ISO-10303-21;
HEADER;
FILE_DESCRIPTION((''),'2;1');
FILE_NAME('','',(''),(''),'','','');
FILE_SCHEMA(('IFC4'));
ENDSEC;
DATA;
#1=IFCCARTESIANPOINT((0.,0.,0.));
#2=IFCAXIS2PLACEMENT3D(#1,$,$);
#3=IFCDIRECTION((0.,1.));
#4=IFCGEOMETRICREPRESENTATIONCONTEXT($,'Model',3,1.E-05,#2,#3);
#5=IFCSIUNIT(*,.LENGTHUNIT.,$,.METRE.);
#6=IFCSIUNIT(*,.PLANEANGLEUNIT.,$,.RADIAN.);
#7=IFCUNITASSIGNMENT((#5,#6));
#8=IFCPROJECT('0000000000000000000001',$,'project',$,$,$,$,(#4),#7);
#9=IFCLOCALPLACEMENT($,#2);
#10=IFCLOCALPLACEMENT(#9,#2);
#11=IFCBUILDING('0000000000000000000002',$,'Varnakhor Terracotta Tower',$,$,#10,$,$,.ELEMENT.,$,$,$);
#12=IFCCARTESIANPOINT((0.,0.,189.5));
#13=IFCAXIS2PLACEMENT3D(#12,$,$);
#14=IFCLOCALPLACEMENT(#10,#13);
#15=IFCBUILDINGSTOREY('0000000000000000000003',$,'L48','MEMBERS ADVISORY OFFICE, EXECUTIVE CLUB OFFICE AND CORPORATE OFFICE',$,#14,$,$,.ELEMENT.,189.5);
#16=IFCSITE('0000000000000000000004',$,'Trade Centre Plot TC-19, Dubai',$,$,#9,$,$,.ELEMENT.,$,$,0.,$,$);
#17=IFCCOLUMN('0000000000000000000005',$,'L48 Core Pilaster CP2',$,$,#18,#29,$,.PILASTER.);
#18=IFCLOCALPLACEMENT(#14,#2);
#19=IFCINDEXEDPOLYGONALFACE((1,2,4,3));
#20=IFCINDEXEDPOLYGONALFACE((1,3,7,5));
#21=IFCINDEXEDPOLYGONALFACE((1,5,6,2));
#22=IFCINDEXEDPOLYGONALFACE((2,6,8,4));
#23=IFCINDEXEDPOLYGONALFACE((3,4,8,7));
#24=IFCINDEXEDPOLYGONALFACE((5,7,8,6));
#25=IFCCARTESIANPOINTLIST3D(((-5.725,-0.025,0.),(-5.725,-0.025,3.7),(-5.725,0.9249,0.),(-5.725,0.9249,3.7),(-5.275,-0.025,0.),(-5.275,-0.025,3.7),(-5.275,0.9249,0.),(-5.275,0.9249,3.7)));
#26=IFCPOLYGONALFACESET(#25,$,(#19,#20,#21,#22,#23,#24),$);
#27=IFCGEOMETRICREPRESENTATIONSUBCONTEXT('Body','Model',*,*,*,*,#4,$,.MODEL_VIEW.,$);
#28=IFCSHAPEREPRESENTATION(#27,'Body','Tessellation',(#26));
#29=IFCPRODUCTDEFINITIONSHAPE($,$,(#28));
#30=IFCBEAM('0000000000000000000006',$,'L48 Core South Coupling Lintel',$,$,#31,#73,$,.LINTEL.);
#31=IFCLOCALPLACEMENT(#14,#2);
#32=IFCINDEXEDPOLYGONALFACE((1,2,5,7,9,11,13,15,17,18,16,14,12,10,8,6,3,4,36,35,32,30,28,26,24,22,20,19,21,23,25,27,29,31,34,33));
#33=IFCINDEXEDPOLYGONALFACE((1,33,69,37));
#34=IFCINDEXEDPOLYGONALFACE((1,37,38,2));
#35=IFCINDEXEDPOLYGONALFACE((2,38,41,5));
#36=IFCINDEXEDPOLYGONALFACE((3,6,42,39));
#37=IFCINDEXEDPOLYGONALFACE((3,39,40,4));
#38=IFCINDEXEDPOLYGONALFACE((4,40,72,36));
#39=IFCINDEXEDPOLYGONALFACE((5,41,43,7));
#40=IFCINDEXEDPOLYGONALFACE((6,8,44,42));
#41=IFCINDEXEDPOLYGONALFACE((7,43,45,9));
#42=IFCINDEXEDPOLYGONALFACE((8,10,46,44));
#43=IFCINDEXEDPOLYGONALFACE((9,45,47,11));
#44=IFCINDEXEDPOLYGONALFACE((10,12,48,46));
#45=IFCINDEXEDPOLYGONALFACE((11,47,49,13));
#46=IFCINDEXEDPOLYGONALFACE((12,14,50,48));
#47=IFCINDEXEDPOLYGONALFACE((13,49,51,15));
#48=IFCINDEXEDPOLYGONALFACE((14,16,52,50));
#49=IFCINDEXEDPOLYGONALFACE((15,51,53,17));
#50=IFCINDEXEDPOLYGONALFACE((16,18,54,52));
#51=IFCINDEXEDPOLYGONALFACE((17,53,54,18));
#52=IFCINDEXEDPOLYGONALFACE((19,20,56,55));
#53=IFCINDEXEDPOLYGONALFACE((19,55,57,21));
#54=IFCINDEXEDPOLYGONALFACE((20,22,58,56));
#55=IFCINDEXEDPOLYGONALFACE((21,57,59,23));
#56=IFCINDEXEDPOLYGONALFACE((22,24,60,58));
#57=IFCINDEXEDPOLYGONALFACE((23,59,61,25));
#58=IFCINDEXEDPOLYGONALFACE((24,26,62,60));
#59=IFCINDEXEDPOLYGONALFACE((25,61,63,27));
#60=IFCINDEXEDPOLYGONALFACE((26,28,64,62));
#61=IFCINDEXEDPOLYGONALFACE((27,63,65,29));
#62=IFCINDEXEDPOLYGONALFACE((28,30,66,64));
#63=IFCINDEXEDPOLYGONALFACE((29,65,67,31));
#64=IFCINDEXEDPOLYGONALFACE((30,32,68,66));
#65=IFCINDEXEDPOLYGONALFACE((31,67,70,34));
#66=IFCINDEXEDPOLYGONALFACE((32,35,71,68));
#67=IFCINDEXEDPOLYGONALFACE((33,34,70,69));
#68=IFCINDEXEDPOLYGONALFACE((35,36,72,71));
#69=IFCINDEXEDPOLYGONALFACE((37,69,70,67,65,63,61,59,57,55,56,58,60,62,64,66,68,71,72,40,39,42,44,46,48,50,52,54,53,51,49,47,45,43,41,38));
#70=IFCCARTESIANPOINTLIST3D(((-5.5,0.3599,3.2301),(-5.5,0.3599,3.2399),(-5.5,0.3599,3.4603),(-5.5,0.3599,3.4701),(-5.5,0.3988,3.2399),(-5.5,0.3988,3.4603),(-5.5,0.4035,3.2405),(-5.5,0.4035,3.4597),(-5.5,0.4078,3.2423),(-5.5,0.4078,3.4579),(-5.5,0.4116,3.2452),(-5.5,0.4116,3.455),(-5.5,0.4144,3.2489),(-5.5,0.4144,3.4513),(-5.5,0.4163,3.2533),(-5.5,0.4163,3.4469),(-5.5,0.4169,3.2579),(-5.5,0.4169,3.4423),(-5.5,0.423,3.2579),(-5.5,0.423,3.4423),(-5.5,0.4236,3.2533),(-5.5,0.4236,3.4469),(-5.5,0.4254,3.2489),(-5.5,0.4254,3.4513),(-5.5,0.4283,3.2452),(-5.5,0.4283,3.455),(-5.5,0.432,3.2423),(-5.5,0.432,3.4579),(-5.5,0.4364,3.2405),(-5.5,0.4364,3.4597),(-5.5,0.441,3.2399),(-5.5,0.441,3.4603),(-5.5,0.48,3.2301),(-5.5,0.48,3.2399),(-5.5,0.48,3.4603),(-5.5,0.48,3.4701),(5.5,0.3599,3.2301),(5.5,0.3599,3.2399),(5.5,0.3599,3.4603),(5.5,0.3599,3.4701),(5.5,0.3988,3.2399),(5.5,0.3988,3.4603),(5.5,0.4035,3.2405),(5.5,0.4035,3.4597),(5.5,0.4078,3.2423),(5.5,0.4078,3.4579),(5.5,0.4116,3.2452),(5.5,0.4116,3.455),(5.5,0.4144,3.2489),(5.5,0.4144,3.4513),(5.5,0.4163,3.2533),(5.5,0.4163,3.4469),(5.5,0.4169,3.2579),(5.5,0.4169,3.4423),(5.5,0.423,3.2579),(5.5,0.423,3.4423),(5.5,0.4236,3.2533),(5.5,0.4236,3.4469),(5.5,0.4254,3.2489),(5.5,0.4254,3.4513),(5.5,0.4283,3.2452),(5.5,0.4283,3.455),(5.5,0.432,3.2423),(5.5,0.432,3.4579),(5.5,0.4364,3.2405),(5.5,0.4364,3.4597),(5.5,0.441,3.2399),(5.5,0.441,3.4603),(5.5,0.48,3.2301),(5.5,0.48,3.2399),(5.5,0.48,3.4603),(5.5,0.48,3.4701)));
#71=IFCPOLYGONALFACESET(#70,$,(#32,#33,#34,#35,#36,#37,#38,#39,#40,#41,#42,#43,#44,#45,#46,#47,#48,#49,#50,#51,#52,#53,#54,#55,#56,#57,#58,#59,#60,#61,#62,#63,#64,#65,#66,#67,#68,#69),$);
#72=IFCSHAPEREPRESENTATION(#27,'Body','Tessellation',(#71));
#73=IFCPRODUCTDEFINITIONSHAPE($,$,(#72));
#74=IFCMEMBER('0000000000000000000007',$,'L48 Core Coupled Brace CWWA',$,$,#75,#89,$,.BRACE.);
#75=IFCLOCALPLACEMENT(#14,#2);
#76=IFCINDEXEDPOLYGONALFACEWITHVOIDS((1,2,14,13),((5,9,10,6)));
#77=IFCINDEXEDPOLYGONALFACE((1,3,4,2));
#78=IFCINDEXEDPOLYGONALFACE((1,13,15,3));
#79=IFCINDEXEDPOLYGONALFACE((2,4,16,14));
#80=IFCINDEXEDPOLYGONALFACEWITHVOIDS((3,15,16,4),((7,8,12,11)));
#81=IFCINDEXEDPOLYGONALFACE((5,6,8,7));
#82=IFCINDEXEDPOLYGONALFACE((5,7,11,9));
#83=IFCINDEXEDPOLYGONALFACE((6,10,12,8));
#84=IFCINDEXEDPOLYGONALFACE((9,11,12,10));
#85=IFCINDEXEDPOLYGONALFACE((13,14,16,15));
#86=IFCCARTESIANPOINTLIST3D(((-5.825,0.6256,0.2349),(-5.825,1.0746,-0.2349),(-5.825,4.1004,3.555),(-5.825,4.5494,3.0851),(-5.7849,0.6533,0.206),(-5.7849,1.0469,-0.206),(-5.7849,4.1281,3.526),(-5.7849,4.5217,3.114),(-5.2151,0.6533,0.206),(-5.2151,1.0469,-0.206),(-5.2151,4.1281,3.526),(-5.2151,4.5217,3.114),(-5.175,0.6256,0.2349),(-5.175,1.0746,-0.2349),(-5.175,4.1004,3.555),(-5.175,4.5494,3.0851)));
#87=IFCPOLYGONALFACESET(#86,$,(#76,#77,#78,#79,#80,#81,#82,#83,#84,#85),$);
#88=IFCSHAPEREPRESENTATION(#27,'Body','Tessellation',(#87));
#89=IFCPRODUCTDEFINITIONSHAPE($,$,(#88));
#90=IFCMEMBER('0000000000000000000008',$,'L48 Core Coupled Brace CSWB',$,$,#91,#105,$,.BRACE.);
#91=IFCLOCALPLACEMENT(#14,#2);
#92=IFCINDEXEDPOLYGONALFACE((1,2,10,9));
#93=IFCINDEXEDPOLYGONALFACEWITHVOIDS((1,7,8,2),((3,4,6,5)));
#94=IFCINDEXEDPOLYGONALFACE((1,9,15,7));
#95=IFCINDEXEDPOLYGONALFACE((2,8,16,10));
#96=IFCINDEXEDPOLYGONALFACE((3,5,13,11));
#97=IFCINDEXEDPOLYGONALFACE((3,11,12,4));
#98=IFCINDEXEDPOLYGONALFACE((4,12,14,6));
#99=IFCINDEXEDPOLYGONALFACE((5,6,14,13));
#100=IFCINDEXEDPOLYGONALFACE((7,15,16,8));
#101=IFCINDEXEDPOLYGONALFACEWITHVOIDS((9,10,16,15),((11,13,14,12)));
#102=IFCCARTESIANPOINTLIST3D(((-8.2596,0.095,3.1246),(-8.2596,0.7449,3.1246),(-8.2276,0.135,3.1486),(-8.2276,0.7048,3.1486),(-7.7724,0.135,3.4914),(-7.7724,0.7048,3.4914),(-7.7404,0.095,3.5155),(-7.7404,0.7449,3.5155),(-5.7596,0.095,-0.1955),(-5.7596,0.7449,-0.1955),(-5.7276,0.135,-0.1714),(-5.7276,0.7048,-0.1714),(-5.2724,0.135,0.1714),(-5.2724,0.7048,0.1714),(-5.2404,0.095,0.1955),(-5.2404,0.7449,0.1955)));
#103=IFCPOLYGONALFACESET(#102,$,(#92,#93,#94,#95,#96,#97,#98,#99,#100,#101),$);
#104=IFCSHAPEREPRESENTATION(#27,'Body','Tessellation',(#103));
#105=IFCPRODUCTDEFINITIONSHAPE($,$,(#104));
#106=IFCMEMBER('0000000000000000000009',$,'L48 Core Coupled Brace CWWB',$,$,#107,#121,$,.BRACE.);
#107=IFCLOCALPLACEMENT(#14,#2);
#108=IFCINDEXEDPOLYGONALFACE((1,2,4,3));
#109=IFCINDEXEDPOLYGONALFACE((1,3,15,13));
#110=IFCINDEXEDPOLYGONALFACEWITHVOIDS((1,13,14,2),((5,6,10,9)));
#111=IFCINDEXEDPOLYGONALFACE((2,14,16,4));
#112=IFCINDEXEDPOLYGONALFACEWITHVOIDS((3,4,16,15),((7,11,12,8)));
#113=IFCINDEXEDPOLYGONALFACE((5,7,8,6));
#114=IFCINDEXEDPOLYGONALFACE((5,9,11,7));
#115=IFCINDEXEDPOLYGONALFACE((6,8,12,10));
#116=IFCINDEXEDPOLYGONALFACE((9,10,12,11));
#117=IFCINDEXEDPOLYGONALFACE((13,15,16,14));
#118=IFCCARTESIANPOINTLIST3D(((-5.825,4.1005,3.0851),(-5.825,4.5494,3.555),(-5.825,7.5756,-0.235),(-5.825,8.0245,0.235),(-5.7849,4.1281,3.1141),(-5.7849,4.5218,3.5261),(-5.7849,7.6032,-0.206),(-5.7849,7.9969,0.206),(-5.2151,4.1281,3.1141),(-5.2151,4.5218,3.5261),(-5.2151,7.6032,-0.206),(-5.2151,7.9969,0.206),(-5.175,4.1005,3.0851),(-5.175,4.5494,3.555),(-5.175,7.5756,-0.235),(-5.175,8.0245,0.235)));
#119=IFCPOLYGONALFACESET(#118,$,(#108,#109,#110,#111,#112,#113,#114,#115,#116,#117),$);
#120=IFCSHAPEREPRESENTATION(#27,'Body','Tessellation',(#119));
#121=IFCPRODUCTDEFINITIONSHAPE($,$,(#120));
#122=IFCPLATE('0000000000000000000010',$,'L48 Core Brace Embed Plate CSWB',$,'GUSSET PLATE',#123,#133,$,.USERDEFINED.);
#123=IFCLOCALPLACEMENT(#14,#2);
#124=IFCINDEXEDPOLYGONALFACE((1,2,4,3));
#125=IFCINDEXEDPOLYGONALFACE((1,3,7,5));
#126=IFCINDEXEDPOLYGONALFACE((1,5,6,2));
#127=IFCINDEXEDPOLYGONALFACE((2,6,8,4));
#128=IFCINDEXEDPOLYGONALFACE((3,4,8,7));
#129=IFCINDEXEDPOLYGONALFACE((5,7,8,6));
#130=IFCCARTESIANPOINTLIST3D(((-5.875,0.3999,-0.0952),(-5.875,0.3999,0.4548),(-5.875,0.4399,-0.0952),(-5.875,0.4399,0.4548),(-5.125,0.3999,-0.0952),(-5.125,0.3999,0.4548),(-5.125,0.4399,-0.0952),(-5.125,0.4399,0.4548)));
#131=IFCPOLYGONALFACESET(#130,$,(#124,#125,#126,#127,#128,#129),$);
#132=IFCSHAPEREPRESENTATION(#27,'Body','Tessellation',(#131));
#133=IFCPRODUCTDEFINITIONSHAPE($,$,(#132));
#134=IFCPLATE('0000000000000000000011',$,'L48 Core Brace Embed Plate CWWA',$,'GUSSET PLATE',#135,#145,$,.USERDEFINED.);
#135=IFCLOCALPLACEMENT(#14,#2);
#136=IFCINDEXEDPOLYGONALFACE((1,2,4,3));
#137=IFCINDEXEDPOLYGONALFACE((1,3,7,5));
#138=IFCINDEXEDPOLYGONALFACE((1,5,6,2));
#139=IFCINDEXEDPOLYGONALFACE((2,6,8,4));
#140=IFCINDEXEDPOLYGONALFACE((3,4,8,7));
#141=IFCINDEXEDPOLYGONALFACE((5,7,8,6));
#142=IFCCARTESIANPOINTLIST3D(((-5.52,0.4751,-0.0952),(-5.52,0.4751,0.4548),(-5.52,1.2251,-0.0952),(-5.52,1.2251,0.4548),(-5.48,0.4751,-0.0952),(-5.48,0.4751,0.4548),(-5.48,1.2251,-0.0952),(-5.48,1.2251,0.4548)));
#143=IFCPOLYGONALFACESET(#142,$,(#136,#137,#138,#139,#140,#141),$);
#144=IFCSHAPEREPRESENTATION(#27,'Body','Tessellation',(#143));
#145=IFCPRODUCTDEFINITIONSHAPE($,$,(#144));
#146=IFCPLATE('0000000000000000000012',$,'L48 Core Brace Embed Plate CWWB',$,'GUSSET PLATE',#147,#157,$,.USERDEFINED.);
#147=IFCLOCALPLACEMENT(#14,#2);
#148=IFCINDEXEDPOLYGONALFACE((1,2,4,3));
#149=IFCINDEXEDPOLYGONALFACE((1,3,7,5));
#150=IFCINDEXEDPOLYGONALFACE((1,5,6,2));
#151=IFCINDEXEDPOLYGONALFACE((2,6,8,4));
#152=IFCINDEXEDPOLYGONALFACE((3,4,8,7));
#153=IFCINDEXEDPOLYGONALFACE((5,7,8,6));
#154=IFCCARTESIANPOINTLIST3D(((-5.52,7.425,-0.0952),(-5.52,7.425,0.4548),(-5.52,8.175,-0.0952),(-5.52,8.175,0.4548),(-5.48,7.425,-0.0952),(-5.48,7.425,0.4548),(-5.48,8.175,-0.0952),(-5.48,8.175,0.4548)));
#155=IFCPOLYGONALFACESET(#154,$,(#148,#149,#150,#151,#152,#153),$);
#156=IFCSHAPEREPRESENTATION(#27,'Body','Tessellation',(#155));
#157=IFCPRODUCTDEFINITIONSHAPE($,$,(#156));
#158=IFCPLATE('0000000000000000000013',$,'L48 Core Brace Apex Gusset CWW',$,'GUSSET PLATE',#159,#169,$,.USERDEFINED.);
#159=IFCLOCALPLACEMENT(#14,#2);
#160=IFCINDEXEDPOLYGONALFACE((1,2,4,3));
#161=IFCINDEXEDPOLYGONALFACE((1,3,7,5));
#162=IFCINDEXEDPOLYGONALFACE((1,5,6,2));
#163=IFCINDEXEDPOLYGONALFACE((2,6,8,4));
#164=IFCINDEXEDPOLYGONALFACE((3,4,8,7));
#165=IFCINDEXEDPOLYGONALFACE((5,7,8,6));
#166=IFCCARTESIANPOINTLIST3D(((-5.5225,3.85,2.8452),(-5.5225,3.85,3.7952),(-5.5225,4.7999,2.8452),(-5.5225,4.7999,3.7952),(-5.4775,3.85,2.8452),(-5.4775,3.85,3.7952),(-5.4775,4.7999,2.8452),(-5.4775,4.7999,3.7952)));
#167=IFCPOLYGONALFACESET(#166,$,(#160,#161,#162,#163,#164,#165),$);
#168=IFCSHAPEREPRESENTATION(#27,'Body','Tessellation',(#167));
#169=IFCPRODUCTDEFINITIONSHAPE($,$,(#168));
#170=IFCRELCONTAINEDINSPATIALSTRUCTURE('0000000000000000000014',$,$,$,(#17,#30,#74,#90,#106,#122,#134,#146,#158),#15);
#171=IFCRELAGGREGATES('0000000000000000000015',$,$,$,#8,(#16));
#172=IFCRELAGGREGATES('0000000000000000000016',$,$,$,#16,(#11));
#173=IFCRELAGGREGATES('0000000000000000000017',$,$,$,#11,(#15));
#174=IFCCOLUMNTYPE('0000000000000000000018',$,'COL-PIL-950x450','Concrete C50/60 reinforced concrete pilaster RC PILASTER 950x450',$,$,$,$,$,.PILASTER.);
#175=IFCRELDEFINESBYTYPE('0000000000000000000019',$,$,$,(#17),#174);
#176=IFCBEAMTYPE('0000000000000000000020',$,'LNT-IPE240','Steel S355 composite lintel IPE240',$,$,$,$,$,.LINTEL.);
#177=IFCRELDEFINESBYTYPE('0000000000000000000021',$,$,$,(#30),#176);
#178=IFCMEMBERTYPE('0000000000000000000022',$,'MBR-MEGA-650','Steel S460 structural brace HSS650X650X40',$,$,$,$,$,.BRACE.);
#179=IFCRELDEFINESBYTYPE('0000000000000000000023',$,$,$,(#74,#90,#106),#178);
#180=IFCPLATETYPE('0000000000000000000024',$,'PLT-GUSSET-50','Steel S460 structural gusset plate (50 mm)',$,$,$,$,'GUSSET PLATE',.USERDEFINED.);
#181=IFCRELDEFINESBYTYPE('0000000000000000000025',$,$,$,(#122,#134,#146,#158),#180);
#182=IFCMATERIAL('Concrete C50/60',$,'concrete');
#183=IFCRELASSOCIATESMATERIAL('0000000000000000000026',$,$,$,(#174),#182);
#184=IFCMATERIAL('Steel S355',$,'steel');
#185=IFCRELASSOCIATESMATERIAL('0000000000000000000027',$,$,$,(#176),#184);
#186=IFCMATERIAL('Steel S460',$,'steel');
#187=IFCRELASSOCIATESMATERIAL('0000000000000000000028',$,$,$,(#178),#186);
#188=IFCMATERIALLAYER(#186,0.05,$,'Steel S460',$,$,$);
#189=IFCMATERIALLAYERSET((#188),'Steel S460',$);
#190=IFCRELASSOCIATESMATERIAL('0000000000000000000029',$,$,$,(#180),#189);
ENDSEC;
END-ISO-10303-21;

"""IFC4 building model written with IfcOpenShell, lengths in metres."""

from ifc_helpers import new_model, si_unit, direction, frame, origin, origin_2d, place, context, subcontext, project, spatial, rectangle, hollow_rectangle, i_section, extrude, source, transform, mapped, material, layer, layer_set, material_profile, profile_set, type_object, type_shapes, element, save


model = new_model("IFC4")

# Units and contexts
model_context = context("Model", 3, precision=1e-05, world=origin(), true_north=direction((0.0, 1.0)))
body_context = subcontext(model_context, "Body", "Model", "MODEL_VIEW")
ifc_project = project(units=[si_unit("LENGTHUNIT", "METRE"), si_unit("PLANEANGLEUNIT", "RADIAN")], contexts=[model_context])

# Site, building, storey
site_placement = place(None, origin())
site = spatial("IfcSite", under=ifc_project, at=site_placement, Name="Trade Centre Plot TC-19, Dubai", CompositionType="ELEMENT", RefElevation=0.0)
building_placement = place(site_placement, origin())
building = spatial("IfcBuilding", under=site, at=building_placement, Name="Varnakhor Terracotta Tower", CompositionType="ELEMENT")
storey_placement = place(building_placement, frame((0.0, 0.0, 189.5)))
storey = spatial("IfcBuildingStorey", under=building, at=storey_placement, Name="L48", Description="MEMBERS ADVISORY OFFICE, EXECUTIVE CLUB OFFICE AND CORPORATE OFFICE", CompositionType="ELEMENT", Elevation=189.5)

# Column
ifc_material_1 = material(Name="Concrete C50/60", Category="concrete")
ifc_material_profile_1 = material_profile(ifc_material_1, rectangle(XDim=0.45, YDim=0.95, at=origin_2d()), Name="RC PILASTER 950x450")
ifc_profile_set_1 = profile_set([ifc_material_profile_1], Name="Concrete C50/60")
column_type = type_object("IfcColumnType", Name="COL-PIL-950x450", Description="Concrete C50/60 reinforced concrete pilaster RC PILASTER 950x450", PredefinedType="PILASTER", material=ifc_profile_set_1)
shared_shape_1 = source(origin(), body_context, "Body", "SweptSolid", [
    extrude(rectangle(XDim=0.45, YDim=0.95, at=origin_2d()), origin(), (0.0, 0.0, 1.0), 3.7),
])
column_placement = place(storey_placement, frame((-5.5, 0.45, 0.0), z_axis=(0.0, 0.0, 1.0), x_axis=(1.0, 0.0, 0.0)))
element("IfcColumn", 1, at=column_placement, inside=storey, type_object=column_type, Name="L48 Core Pilaster CP2", PredefinedType="PILASTER", context=body_context, shape_type="MappedRepresentation", body=[
    mapped(shared_shape_1, transform((0.0, 0.0, 0.0), scale=1.0)),
])

# Beam
ifc_material_2 = material(Name="Steel S355", Category="steel")
ifc_material_profile_2 = material_profile(ifc_material_2, i_section(OverallWidth=0.1201, OverallDepth=0.24, WebThickness=0.0061, FlangeThickness=0.0098, FilletRadius=0.0181, at=origin_2d()), Name="IPE240")
ifc_profile_set_2 = profile_set([ifc_material_profile_2], Name="Steel S355")
beam_type = type_object("IfcBeamType", Name="LNT-IPE240", Description="Steel S355 composite lintel IPE240", PredefinedType="LINTEL", material=ifc_profile_set_2)
shared_shape_2 = source(origin(), body_context, "Body", "SweptSolid", [
    extrude(i_section(OverallWidth=0.1201, OverallDepth=0.24, WebThickness=0.0061, FlangeThickness=0.0098, FilletRadius=0.0181, at=origin_2d()), origin(), (0.0, 0.0, 1.0), 11.0),
])
type_shapes(beam_type, [shared_shape_2])
beam_placement = place(storey_placement, frame((-5.5, 0.4199, 3.3501), z_axis=(1.0, 0.0, 0.0), x_axis=(0.0, 1.0, 0.0)))
element("IfcBeam", 2, at=beam_placement, inside=storey, type_object=beam_type, Name="L48 Core South Coupling Lintel", PredefinedType="LINTEL", context=body_context, shape_type="MappedRepresentation", body=[
    mapped(shared_shape_2, transform((0.0, 0.0, 0.0), scale=1.0)),
])

# Members
ifc_material_3 = material(Name="Steel S460", Category="steel")
ifc_material_profile_3 = material_profile(ifc_material_3, hollow_rectangle(XDim=0.6499, YDim=0.6499, WallThickness=0.04, at=origin_2d()), Name="HSS650X650X40")
ifc_profile_set_3 = profile_set([ifc_material_profile_3], Name="Steel S460")
member_type = type_object("IfcMemberType", Name="MBR-MEGA-650", Description="Steel S460 structural brace HSS650X650X40", PredefinedType="BRACE", material=ifc_profile_set_3)
shared_shape_3 = source(origin(), body_context, "Body", "SweptSolid", [
    extrude(hollow_rectangle(XDim=0.6499, YDim=0.6499, WallThickness=0.04, at=origin_2d()), origin(), (0.0, 0.0, 1.0), 4.8059),
])
member_1_placement = place(storey_placement, frame((-5.5, 0.8501, 0.0), z_axis=(0.0, 0.723027, 0.69082), x_axis=(-1.0, 0.0, 0.0)))
element("IfcMember", 3, at=member_1_placement, inside=storey, type_object=member_type, Name="L48 Core Coupled Brace CWWA", PredefinedType="BRACE", context=body_context, shape_type="MappedRepresentation", body=[
    mapped(shared_shape_3, transform((0.0, 0.0, 0.0), scale=1.0)),
])
shared_shape_4 = source(origin(), body_context, "Body", "SweptSolid", [
    extrude(hollow_rectangle(XDim=0.6499, YDim=0.6499, WallThickness=0.04, at=origin_2d()), origin(), (0.0, 0.0, 1.0), 4.156),
])
member_2_placement = place(storey_placement, frame((-5.5, 0.4199, 0.0), z_axis=(-0.601531, 0.0, 0.79885), x_axis=(0.0, -1.0, 0.0)))
element("IfcMember", 4, at=member_2_placement, inside=storey, type_object=member_type, Name="L48 Core Coupled Brace CSWB", PredefinedType="BRACE", context=body_context, shape_type="MappedRepresentation", body=[
    mapped(shared_shape_4, transform((0.0, 0.0, 0.0), scale=1.0)),
])
shared_shape_5 = source(origin(), body_context, "Body", "SweptSolid", [
    extrude(hollow_rectangle(XDim=0.6499, YDim=0.6499, WallThickness=0.04, at=origin_2d()), origin(), (0.0, 0.0, 1.0), 4.8062),
])
member_3_placement = place(storey_placement, frame((-5.5, 7.8, 0.0), z_axis=(0.0, -0.723051, 0.690795), x_axis=(1.0, 0.0, 0.0)))
element("IfcMember", 5, at=member_3_placement, inside=storey, type_object=member_type, Name="L48 Core Coupled Brace CWWB", PredefinedType="BRACE", context=body_context, shape_type="MappedRepresentation", body=[
    mapped(shared_shape_5, transform((0.0, 0.0, 0.0), scale=1.0)),
])

# Plates
ifc_layer_1 = layer(ifc_material_3, 0.05, Name="Steel S460")
ifc_layer_set_1 = layer_set([ifc_layer_1], Name="Steel S460")
plate_type = type_object("IfcPlateType", Name="PLT-GUSSET-50", Description="Steel S460 structural gusset plate (50 mm)", ElementType="GUSSET PLATE", PredefinedType="USERDEFINED", material=ifc_layer_set_1)
shared_shape_6 = source(origin(), body_context, "Body", "SweptSolid", [
    extrude(rectangle(XDim=0.75, YDim=0.04, at=origin_2d()), origin(), (0.0, 0.0, 1.0), 0.55),
])
type_shapes(plate_type, [shared_shape_6])
for number, where, z_axis, x_axis, name in (
    (6, (-5.5, 0.4199, -0.0952), (0.0, 0.0, 1.0), (1.0, 0.0, 0.0), "L48 Core Brace Embed Plate CSWB"),
    (7, (-5.5, 0.8501, -0.0952), (0.0, 0.0, 1.0), (0.0, 1.0, 0.0), "L48 Core Brace Embed Plate CWWA"),
    (8, (-5.5, 7.8, -0.0952), (0.0, 0.0, 1.0), (0.0, 1.0, 0.0), "L48 Core Brace Embed Plate CWWB"),
):
    element("IfcPlate", number, at=place(storey_placement, frame(where, z_axis=z_axis, x_axis=x_axis)), inside=storey, type_object=plate_type, Name=name, ObjectType="GUSSET PLATE", PredefinedType="USERDEFINED", context=body_context, shape_type="MappedRepresentation", body=[
        mapped(shared_shape_6, transform((0.0, 0.0, 0.0), scale=1.0)),
    ])
shared_shape_7 = source(origin(), body_context, "Body", "SweptSolid", [
    extrude(rectangle(XDim=0.95, YDim=0.0449, at=origin_2d()), origin(), (0.0, 0.0, 1.0), 0.95),
])
plate_placement = place(storey_placement, frame((-5.5, 4.325, 2.8452), z_axis=(0.0, 0.0, 1.0), x_axis=(0.0, 1.0, 0.0)))
element("IfcPlate", 9, at=plate_placement, inside=storey, type_object=plate_type, Name="L48 Core Brace Apex Gusset CWW", ObjectType="GUSSET PLATE", PredefinedType="USERDEFINED", context=body_context, shape_type="MappedRepresentation", body=[
    mapped(shared_shape_7, transform((0.0, 0.0, 0.0), scale=1.0)),
])

save(model, "model.ifc")
